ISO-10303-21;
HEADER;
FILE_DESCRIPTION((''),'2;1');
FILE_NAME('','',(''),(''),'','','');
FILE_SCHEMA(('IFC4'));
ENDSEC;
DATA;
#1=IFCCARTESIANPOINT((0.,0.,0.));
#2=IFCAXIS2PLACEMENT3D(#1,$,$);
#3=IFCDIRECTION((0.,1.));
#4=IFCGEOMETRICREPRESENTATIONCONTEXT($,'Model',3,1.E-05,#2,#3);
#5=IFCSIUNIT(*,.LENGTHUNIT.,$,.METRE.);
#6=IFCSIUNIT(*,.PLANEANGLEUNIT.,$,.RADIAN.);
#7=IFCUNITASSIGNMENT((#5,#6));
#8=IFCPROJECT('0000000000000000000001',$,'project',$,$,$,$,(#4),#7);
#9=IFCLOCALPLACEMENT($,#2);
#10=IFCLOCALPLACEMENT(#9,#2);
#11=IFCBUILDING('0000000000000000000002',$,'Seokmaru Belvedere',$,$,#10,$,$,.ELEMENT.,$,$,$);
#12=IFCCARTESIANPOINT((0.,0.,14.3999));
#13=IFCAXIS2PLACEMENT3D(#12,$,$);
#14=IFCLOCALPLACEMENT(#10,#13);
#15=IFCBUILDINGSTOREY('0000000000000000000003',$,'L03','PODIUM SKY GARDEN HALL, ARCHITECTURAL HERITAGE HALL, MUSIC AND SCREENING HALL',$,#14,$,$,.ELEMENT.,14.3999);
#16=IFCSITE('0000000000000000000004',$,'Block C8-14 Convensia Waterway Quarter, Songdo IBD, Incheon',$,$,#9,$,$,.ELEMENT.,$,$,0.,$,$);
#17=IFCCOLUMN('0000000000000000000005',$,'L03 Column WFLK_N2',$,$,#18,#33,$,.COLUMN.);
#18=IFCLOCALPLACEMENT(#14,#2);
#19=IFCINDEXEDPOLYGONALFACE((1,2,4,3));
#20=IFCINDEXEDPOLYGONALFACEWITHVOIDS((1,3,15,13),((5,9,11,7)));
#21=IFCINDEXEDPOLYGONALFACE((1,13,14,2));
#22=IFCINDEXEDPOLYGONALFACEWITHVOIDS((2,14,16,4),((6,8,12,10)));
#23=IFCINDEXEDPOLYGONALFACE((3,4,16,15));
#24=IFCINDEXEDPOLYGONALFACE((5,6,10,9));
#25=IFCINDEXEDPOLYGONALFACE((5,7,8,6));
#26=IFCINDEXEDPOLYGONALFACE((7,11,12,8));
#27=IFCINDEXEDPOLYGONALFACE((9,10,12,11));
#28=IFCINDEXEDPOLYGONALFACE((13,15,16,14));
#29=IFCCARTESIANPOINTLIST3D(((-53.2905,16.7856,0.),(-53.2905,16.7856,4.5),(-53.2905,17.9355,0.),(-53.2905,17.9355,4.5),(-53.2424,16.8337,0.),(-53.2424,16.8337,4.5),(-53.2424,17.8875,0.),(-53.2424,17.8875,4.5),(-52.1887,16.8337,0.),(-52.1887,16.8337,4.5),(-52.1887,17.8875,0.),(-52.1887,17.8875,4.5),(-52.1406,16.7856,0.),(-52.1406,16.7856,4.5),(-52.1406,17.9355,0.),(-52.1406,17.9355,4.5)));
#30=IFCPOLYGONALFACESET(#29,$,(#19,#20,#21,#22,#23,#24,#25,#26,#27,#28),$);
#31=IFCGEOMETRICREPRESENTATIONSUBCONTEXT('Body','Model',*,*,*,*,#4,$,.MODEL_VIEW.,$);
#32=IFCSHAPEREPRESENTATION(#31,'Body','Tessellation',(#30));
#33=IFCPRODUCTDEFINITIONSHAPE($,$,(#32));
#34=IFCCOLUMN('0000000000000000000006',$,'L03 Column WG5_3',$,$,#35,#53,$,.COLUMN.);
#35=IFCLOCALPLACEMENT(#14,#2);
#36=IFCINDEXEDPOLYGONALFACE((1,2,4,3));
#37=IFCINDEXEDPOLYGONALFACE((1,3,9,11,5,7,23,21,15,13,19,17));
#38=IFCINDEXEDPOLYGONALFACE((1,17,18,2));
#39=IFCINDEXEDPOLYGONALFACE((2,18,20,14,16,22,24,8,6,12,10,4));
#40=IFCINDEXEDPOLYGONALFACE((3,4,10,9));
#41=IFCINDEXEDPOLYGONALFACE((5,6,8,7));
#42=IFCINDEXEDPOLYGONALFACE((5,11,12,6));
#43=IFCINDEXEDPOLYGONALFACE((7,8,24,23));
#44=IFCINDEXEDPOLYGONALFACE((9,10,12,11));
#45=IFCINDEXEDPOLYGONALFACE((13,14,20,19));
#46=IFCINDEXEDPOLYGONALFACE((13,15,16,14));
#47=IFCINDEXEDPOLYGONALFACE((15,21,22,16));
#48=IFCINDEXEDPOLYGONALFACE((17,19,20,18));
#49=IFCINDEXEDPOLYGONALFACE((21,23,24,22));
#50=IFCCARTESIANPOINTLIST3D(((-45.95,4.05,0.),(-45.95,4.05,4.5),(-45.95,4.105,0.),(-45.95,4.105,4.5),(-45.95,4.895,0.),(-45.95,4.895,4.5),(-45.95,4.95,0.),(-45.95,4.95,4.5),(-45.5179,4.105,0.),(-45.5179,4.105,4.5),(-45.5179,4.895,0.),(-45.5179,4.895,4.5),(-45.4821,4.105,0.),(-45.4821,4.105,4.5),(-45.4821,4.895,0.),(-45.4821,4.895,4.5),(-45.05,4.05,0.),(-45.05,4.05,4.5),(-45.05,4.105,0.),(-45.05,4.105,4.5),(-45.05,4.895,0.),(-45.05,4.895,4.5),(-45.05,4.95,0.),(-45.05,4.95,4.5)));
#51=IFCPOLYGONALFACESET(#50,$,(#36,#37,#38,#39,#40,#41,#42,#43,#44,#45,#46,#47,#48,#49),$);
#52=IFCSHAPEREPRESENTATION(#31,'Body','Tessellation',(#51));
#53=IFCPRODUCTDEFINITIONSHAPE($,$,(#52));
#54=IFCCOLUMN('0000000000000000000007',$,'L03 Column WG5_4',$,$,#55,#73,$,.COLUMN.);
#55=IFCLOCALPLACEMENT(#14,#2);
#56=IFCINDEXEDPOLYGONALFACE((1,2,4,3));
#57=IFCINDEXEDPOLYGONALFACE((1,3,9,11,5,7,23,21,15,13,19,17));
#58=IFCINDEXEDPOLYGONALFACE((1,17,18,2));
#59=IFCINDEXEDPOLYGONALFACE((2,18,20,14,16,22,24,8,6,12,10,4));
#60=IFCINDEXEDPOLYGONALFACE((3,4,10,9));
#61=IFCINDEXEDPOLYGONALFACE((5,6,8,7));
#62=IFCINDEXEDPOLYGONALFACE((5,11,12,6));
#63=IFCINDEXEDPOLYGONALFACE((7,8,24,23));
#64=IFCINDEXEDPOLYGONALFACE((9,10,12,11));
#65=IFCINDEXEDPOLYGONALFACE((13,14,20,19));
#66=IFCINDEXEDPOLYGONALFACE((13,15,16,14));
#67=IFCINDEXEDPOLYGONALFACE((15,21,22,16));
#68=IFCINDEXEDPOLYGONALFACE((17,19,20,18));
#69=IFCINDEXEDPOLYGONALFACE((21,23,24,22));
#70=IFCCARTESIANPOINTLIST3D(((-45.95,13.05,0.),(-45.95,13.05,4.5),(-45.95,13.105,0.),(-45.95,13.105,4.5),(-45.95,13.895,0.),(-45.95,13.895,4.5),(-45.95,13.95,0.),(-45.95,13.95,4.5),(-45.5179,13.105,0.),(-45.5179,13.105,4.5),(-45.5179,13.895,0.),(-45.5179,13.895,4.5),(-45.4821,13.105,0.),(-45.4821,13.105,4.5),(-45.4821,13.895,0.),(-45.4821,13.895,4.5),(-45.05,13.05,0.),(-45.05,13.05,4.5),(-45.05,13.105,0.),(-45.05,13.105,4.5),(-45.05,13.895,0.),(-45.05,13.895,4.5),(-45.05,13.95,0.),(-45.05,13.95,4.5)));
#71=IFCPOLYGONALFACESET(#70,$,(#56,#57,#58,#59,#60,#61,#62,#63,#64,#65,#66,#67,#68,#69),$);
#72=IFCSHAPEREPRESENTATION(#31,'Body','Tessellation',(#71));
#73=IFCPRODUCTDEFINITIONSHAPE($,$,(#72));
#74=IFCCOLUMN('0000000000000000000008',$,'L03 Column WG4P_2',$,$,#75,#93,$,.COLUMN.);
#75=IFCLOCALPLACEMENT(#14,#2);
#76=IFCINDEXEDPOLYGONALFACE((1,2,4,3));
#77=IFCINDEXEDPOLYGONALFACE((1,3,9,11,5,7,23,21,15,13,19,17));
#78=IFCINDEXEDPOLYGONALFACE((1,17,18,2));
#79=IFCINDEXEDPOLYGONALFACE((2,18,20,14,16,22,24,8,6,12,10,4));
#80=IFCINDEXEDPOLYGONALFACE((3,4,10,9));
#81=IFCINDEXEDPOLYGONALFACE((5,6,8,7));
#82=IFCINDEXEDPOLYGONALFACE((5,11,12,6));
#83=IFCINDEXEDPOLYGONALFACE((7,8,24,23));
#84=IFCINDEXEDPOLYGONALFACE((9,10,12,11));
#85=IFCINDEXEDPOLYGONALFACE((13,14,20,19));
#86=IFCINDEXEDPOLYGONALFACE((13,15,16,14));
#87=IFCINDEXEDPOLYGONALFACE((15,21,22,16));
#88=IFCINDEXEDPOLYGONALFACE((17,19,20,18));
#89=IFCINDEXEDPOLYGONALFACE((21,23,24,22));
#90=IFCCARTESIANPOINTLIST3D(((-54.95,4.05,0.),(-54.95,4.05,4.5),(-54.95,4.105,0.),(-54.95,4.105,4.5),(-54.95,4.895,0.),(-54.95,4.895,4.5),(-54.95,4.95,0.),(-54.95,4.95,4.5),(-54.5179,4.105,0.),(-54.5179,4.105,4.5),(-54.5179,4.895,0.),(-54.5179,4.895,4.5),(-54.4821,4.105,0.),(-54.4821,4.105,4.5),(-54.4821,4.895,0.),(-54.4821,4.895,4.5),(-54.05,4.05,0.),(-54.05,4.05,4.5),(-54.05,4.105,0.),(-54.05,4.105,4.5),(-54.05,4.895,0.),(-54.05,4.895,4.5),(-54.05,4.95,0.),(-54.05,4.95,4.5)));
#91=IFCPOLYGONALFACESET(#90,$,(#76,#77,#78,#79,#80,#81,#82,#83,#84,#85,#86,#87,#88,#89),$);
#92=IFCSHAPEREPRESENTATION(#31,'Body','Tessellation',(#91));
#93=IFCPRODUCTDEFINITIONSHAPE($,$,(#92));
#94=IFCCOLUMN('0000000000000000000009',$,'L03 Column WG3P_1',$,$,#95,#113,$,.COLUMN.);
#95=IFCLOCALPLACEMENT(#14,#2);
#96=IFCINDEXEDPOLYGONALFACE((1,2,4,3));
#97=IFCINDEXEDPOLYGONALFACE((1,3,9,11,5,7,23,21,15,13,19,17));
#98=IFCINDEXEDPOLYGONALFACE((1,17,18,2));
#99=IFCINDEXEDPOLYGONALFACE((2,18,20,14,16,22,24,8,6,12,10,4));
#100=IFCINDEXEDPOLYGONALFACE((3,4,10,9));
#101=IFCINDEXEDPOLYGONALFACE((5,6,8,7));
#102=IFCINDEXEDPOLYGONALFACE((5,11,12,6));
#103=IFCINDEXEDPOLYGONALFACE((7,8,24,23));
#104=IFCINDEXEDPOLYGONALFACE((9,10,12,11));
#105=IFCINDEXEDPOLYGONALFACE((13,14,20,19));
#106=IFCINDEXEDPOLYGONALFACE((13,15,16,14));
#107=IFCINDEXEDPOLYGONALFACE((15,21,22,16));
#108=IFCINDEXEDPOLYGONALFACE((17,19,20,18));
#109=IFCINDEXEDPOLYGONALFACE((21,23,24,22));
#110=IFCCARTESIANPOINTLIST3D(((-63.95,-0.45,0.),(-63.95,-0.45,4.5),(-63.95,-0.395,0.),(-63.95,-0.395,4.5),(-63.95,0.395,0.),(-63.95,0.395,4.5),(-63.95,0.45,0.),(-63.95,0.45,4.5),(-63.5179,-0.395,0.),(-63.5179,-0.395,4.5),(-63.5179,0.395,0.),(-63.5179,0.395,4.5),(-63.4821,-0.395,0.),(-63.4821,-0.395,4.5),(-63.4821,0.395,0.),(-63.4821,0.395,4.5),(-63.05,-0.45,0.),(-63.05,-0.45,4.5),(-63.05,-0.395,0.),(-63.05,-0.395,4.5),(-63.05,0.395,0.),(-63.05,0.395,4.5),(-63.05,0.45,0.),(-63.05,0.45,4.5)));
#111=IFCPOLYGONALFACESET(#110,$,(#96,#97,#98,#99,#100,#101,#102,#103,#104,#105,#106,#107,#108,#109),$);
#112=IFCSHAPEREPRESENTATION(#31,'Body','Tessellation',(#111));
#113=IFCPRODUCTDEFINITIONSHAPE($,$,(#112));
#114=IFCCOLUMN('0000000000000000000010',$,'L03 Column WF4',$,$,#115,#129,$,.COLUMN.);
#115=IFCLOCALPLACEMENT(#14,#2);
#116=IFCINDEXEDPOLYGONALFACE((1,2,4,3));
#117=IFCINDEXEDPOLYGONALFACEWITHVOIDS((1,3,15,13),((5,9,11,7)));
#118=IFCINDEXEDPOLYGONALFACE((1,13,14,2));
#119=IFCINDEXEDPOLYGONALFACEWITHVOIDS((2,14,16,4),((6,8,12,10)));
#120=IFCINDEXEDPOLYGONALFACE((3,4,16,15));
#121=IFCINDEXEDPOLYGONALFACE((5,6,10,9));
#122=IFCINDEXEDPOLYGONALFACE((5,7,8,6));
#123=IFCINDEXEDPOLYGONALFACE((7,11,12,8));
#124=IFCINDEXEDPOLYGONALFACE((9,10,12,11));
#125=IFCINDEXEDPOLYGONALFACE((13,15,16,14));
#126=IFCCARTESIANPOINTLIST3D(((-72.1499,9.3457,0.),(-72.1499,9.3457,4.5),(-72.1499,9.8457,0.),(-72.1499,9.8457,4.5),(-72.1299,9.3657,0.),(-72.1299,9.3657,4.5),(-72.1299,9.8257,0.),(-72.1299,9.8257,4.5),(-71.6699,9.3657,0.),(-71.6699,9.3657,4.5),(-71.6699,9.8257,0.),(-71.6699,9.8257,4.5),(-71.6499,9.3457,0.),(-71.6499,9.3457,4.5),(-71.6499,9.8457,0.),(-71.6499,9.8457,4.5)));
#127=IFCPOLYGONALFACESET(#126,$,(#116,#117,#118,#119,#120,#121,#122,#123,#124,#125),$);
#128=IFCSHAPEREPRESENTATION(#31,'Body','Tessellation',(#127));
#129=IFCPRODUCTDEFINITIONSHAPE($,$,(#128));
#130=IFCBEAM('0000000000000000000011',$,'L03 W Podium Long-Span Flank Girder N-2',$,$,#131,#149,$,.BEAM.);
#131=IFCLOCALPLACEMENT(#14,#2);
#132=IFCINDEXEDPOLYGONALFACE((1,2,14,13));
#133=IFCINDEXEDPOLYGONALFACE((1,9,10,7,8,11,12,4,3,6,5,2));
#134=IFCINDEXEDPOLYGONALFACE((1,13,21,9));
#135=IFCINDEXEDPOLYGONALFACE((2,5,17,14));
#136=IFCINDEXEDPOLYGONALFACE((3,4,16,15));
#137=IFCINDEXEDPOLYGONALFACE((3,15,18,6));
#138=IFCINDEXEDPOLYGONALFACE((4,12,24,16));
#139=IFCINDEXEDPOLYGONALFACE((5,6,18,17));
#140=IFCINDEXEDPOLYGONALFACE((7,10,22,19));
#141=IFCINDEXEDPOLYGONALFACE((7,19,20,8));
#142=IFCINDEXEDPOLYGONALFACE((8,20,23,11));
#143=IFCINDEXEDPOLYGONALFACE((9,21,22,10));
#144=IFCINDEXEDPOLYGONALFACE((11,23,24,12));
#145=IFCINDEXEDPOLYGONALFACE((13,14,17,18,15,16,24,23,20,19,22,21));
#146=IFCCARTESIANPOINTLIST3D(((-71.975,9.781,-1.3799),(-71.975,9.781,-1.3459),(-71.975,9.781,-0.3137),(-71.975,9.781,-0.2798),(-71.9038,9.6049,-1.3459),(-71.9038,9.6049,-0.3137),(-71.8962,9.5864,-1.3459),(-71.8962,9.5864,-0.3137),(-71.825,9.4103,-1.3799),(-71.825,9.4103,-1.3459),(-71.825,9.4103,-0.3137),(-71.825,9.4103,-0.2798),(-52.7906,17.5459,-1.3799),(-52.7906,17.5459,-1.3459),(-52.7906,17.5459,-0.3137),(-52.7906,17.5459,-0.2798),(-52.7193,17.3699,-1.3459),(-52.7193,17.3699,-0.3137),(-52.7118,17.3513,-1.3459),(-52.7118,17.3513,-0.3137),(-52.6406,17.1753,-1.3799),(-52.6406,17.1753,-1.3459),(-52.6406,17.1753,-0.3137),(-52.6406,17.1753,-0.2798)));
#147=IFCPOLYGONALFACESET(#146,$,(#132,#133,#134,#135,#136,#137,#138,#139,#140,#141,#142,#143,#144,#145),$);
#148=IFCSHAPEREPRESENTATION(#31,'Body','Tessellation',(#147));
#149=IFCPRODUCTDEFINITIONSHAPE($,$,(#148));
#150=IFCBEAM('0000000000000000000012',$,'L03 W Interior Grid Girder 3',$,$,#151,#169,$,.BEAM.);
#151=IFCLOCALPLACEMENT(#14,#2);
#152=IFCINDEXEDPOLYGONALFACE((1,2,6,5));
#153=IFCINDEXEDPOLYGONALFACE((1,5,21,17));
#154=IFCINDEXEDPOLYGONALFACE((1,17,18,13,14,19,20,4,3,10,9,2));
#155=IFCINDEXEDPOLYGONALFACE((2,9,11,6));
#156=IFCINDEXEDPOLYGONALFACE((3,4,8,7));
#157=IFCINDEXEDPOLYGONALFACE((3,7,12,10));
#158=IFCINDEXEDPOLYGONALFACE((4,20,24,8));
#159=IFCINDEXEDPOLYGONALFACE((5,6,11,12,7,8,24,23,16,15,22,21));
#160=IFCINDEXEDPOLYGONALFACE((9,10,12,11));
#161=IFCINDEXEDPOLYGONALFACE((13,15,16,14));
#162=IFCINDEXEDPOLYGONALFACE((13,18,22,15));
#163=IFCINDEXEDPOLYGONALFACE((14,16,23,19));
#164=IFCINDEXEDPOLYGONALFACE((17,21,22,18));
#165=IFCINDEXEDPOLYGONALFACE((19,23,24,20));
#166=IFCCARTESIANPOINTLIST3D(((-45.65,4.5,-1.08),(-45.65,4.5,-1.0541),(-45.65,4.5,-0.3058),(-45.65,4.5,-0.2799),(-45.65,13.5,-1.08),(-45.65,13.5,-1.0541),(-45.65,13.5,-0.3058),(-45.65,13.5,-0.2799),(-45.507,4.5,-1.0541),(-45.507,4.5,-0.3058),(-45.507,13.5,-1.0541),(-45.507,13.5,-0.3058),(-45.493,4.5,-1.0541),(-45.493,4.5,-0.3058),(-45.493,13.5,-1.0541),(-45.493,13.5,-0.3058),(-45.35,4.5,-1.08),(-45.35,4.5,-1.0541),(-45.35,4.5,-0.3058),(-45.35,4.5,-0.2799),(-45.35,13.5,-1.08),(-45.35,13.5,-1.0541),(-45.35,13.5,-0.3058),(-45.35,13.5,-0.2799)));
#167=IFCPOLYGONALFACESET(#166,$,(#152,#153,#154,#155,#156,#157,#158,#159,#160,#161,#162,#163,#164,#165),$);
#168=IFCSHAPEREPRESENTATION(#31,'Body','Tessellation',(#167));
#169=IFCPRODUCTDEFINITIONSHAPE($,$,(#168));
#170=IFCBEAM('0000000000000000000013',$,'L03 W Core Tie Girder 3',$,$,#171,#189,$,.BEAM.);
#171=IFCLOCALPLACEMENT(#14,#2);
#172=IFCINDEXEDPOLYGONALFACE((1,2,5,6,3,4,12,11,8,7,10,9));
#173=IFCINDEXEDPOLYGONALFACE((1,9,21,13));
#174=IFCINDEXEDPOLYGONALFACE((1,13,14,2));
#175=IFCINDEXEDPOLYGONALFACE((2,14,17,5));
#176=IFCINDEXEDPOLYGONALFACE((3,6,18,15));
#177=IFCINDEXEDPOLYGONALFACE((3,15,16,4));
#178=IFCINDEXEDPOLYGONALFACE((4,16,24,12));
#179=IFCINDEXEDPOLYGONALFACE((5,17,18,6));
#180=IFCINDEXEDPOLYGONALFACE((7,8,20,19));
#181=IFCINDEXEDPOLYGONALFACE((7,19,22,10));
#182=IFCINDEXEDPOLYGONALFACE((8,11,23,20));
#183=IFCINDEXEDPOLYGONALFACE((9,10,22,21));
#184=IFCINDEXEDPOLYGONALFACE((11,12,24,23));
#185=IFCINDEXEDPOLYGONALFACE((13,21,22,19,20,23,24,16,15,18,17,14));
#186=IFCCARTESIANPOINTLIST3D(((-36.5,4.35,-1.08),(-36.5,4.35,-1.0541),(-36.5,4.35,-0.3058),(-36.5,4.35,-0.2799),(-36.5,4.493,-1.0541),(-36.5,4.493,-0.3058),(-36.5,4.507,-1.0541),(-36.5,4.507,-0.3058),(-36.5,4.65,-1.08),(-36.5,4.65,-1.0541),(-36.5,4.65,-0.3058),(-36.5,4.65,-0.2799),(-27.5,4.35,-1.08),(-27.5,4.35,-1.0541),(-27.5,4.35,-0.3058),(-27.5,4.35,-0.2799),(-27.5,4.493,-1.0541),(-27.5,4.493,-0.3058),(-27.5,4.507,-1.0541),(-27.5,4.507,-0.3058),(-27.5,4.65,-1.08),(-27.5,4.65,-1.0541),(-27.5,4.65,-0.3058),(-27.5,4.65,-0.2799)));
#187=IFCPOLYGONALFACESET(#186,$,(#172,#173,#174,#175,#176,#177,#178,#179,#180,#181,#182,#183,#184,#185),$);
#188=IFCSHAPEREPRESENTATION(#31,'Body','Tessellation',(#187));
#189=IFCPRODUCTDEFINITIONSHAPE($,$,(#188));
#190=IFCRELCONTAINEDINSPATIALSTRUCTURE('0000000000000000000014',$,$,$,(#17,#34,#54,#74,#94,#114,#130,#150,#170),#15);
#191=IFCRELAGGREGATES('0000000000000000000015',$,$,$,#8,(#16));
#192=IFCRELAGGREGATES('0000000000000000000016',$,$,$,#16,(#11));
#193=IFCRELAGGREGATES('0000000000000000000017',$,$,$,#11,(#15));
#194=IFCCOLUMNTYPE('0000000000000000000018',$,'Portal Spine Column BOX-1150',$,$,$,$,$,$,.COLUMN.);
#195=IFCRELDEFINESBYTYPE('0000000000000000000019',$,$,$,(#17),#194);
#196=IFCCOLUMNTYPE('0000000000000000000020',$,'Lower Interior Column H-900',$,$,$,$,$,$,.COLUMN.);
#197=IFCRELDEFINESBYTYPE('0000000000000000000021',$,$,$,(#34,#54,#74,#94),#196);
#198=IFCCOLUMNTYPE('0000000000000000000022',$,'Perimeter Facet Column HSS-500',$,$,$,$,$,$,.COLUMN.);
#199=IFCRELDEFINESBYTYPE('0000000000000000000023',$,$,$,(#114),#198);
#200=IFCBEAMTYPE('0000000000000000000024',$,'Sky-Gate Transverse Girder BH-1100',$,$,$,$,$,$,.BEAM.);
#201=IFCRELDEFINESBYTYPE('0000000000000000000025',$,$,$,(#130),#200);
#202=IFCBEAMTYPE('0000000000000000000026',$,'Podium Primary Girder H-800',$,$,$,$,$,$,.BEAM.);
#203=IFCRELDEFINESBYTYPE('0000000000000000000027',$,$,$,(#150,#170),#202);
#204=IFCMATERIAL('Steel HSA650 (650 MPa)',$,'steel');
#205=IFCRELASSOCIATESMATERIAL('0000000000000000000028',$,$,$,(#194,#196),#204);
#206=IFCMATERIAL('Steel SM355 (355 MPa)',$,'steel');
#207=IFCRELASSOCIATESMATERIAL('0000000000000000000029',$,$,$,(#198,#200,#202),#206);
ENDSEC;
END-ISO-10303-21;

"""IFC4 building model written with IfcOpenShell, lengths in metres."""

from ifc_helpers import new_model, si_unit, direction, frame, origin, origin_2d, place, context, subcontext, project, spatial, hollow_rectangle, i_section, extrude, source, transform, mapped, material, material_profile, profile_set, type_object, type_shapes, element, save


model = new_model("IFC4")

# Units and contexts
model_context = context("Model", 3, precision=1e-05, world=origin(), true_north=direction((0.0, 1.0)))
body_context = subcontext(model_context, "Body", "Model", "MODEL_VIEW")
ifc_project = project(units=[si_unit("LENGTHUNIT", "METRE"), si_unit("PLANEANGLEUNIT", "RADIAN")], contexts=[model_context])

# Site, building, storey
site_placement = place(None, origin())
site = spatial("IfcSite", under=ifc_project, at=site_placement, Name="Block C8-14 Convensia Waterway Quarter, Songdo IBD, Incheon", CompositionType="ELEMENT", RefElevation=0.0)
building_placement = place(site_placement, origin())
building = spatial("IfcBuilding", under=site, at=building_placement, Name="Seokmaru Belvedere", CompositionType="ELEMENT")
storey_placement = place(building_placement, frame((0.0, 0.0, 14.3999)))
storey = spatial("IfcBuildingStorey", under=building, at=storey_placement, Name="L03", Description="PODIUM SKY GARDEN HALL, ARCHITECTURAL HERITAGE HALL, MUSIC AND SCREENING HALL", CompositionType="ELEMENT", Elevation=14.3999)

# Columns
ifc_material_1 = material(Name="Steel HSA650 (650 MPa)", Category="steel")
ifc_material_profile_1 = material_profile(ifc_material_1, hollow_rectangle(XDim=1.1499, YDim=1.1499, WallThickness=0.0481, at=origin_2d()), Name="BOX-1150x1150x48")
ifc_profile_set_1 = profile_set([ifc_material_profile_1], Name="Steel HSA650 (650 MPa)")
column_type_1 = type_object("IfcColumnType", Name="Portal Spine Column BOX-1150", PredefinedType="COLUMN", material=ifc_profile_set_1)
shared_shape_1 = source(origin(), body_context, "Body", "SweptSolid", [
    extrude(hollow_rectangle(XDim=1.1499, YDim=1.1499, WallThickness=0.0481, at=origin_2d()), origin(), (0.0, 0.0, 1.0), 4.5),
])
type_shapes(column_type_1, [shared_shape_1])
column_1_placement = place(storey_placement, frame((-52.7156, 17.3606, 0.0), z_axis=(0.0, 0.0, 1.0), x_axis=(1.0, 0.0, 0.0)))
element("IfcColumn", 1, at=column_1_placement, inside=storey, type_object=column_type_1, Name="L03 Column WFLK_N2", PredefinedType="COLUMN", context=body_context, shape_type="MappedRepresentation", body=[
    mapped(shared_shape_1, transform((0.0, 0.0, 0.0), scale=1.0)),
])
ifc_material_profile_2 = material_profile(ifc_material_1, i_section(OverallWidth=0.8999, OverallDepth=0.8999, WebThickness=0.0359, FlangeThickness=0.0549, at=origin_2d()), Name="H-900x900x36x55")
ifc_profile_set_2 = profile_set([ifc_material_profile_2], Name="Steel HSA650 (650 MPa)")
column_type_2 = type_object("IfcColumnType", Name="Lower Interior Column H-900", PredefinedType="COLUMN", material=ifc_profile_set_2)
shared_shape_2 = source(origin(), body_context, "Body", "SweptSolid", [
    extrude(i_section(OverallWidth=0.8999, OverallDepth=0.8999, WebThickness=0.0359, FlangeThickness=0.0549, at=origin_2d()), origin(), (0.0, 0.0, 1.0), 4.5),
])
type_shapes(column_type_2, [shared_shape_2])
for number, where, z_axis, x_axis, name in (
    (2, (-45.5, 4.5, 0.0), (0.0, 0.0, 1.0), (1.0, 0.0, 0.0), "L03 Column WG5_3"),
    (3, (-45.5, 13.5, 0.0), (0.0, 0.0, 1.0), (1.0, 0.0, 0.0), "L03 Column WG5_4"),
    (4, (-54.5, 4.5, 0.0), (0.0, 0.0, 1.0), (1.0, 0.0, 0.0), "L03 Column WG4P_2"),
    (5, (-63.5, 0.0, 0.0), (0.0, 0.0, 1.0), (1.0, 0.0, 0.0), "L03 Column WG3P_1"),
):
    element("IfcColumn", number, at=place(storey_placement, frame(where, z_axis=z_axis, x_axis=x_axis)), inside=storey, type_object=column_type_2, Name=name, PredefinedType="COLUMN", context=body_context, shape_type="MappedRepresentation", body=[
        mapped(shared_shape_2, transform((0.0, 0.0, 0.0), scale=1.0)),
    ])
ifc_material_2 = material(Name="Steel SM355 (355 MPa)", Category="steel")
ifc_material_profile_3 = material_profile(ifc_material_2, hollow_rectangle(XDim=0.5, YDim=0.5, WallThickness=0.02, at=origin_2d()), Name="HSS-500x500x20")
ifc_profile_set_3 = profile_set([ifc_material_profile_3], Name="Steel SM355 (355 MPa)")
column_type_3 = type_object("IfcColumnType", Name="Perimeter Facet Column HSS-500", PredefinedType="COLUMN", material=ifc_profile_set_3)
shared_shape_3 = source(origin(), body_context, "Body", "SweptSolid", [
    extrude(hollow_rectangle(XDim=0.5, YDim=0.5, WallThickness=0.02, at=origin_2d()), origin(), (0.0, 0.0, 1.0), 4.5),
])
type_shapes(column_type_3, [shared_shape_3])
column_2_placement = place(storey_placement, frame((-71.8999, 9.5957, 0.0), z_axis=(0.0, 0.0, 1.0), x_axis=(1.0, 0.0, 0.0)))
element("IfcColumn", 6, at=column_2_placement, inside=storey, type_object=column_type_3, Name="L03 Column WF4", PredefinedType="COLUMN", context=body_context, shape_type="MappedRepresentation", body=[
    mapped(shared_shape_3, transform((0.0, 0.0, 0.0), scale=1.0)),
])

# Beams
ifc_material_profile_4 = material_profile(ifc_material_2, i_section(OverallWidth=0.3999, OverallDepth=1.1001, WebThickness=0.02, FlangeThickness=0.0339, at=origin_2d()), Name="BH-1100x400x20x34")
ifc_profile_set_4 = profile_set([ifc_material_profile_4], Name="Steel SM355 (355 MPa)")
beam_type_1 = type_object("IfcBeamType", Name="Sky-Gate Transverse Girder BH-1100", PredefinedType="BEAM", material=ifc_profile_set_4)
shared_shape_4 = source(origin(), body_context, "Body", "SweptSolid", [
    extrude(i_section(OverallWidth=0.3999, OverallDepth=1.1001, WebThickness=0.02, FlangeThickness=0.0339, at=origin_2d()), origin(), (0.0, 0.0, 1.0), 20.6963),
])
type_shapes(beam_type_1, [shared_shape_4])
beam_1_placement = place(storey_placement, frame((-52.7156, 17.3606, -0.8298), z_axis=(-0.92695, -0.375185, 0.0), x_axis=(0.375185, -0.92695, 0.0)))
element("IfcBeam", 7, at=beam_1_placement, inside=storey, type_object=beam_type_1, Name="L03 W Podium Long-Span Flank Girder N-2", PredefinedType="BEAM", context=body_context, shape_type="MappedRepresentation", body=[
    mapped(shared_shape_4, transform((0.0, 0.0, 0.0), scale=1.0)),
])
ifc_material_profile_5 = material_profile(ifc_material_2, i_section(OverallWidth=0.3, OverallDepth=0.8, WebThickness=0.0139, FlangeThickness=0.0259, at=origin_2d()), Name="H-800x300x14x26")
ifc_profile_set_5 = profile_set([ifc_material_profile_5], Name="Steel SM355 (355 MPa)")
beam_type_2 = type_object("IfcBeamType", Name="Podium Primary Girder H-800", PredefinedType="BEAM", material=ifc_profile_set_5)
shared_shape_5 = source(origin(), body_context, "Body", "SweptSolid", [
    extrude(i_section(OverallWidth=0.3, OverallDepth=0.8, WebThickness=0.0139, FlangeThickness=0.0259, at=origin_2d()), origin(), (0.0, 0.0, 1.0), 9.0),
])
for number, where, z_axis, x_axis, name in (
    (8, (-45.5, 4.5, -0.6799), (0.0, 1.0, 0.0), (-1.0, 0.0, 0.0), "L03 W Interior Grid Girder 3"),
    (9, (-36.5, 4.5, -0.6799), (1.0, 0.0, 0.0), (0.0, 1.0, 0.0), "L03 W Core Tie Girder 3"),
):
    element("IfcBeam", number, at=place(storey_placement, frame(where, z_axis=z_axis, x_axis=x_axis)), inside=storey, type_object=beam_type_2, Name=name, PredefinedType="BEAM", context=body_context, shape_type="MappedRepresentation", body=[
        mapped(shared_shape_5, transform((0.0, 0.0, 0.0), scale=1.0)),
    ])

save(model, "model.ifc")
